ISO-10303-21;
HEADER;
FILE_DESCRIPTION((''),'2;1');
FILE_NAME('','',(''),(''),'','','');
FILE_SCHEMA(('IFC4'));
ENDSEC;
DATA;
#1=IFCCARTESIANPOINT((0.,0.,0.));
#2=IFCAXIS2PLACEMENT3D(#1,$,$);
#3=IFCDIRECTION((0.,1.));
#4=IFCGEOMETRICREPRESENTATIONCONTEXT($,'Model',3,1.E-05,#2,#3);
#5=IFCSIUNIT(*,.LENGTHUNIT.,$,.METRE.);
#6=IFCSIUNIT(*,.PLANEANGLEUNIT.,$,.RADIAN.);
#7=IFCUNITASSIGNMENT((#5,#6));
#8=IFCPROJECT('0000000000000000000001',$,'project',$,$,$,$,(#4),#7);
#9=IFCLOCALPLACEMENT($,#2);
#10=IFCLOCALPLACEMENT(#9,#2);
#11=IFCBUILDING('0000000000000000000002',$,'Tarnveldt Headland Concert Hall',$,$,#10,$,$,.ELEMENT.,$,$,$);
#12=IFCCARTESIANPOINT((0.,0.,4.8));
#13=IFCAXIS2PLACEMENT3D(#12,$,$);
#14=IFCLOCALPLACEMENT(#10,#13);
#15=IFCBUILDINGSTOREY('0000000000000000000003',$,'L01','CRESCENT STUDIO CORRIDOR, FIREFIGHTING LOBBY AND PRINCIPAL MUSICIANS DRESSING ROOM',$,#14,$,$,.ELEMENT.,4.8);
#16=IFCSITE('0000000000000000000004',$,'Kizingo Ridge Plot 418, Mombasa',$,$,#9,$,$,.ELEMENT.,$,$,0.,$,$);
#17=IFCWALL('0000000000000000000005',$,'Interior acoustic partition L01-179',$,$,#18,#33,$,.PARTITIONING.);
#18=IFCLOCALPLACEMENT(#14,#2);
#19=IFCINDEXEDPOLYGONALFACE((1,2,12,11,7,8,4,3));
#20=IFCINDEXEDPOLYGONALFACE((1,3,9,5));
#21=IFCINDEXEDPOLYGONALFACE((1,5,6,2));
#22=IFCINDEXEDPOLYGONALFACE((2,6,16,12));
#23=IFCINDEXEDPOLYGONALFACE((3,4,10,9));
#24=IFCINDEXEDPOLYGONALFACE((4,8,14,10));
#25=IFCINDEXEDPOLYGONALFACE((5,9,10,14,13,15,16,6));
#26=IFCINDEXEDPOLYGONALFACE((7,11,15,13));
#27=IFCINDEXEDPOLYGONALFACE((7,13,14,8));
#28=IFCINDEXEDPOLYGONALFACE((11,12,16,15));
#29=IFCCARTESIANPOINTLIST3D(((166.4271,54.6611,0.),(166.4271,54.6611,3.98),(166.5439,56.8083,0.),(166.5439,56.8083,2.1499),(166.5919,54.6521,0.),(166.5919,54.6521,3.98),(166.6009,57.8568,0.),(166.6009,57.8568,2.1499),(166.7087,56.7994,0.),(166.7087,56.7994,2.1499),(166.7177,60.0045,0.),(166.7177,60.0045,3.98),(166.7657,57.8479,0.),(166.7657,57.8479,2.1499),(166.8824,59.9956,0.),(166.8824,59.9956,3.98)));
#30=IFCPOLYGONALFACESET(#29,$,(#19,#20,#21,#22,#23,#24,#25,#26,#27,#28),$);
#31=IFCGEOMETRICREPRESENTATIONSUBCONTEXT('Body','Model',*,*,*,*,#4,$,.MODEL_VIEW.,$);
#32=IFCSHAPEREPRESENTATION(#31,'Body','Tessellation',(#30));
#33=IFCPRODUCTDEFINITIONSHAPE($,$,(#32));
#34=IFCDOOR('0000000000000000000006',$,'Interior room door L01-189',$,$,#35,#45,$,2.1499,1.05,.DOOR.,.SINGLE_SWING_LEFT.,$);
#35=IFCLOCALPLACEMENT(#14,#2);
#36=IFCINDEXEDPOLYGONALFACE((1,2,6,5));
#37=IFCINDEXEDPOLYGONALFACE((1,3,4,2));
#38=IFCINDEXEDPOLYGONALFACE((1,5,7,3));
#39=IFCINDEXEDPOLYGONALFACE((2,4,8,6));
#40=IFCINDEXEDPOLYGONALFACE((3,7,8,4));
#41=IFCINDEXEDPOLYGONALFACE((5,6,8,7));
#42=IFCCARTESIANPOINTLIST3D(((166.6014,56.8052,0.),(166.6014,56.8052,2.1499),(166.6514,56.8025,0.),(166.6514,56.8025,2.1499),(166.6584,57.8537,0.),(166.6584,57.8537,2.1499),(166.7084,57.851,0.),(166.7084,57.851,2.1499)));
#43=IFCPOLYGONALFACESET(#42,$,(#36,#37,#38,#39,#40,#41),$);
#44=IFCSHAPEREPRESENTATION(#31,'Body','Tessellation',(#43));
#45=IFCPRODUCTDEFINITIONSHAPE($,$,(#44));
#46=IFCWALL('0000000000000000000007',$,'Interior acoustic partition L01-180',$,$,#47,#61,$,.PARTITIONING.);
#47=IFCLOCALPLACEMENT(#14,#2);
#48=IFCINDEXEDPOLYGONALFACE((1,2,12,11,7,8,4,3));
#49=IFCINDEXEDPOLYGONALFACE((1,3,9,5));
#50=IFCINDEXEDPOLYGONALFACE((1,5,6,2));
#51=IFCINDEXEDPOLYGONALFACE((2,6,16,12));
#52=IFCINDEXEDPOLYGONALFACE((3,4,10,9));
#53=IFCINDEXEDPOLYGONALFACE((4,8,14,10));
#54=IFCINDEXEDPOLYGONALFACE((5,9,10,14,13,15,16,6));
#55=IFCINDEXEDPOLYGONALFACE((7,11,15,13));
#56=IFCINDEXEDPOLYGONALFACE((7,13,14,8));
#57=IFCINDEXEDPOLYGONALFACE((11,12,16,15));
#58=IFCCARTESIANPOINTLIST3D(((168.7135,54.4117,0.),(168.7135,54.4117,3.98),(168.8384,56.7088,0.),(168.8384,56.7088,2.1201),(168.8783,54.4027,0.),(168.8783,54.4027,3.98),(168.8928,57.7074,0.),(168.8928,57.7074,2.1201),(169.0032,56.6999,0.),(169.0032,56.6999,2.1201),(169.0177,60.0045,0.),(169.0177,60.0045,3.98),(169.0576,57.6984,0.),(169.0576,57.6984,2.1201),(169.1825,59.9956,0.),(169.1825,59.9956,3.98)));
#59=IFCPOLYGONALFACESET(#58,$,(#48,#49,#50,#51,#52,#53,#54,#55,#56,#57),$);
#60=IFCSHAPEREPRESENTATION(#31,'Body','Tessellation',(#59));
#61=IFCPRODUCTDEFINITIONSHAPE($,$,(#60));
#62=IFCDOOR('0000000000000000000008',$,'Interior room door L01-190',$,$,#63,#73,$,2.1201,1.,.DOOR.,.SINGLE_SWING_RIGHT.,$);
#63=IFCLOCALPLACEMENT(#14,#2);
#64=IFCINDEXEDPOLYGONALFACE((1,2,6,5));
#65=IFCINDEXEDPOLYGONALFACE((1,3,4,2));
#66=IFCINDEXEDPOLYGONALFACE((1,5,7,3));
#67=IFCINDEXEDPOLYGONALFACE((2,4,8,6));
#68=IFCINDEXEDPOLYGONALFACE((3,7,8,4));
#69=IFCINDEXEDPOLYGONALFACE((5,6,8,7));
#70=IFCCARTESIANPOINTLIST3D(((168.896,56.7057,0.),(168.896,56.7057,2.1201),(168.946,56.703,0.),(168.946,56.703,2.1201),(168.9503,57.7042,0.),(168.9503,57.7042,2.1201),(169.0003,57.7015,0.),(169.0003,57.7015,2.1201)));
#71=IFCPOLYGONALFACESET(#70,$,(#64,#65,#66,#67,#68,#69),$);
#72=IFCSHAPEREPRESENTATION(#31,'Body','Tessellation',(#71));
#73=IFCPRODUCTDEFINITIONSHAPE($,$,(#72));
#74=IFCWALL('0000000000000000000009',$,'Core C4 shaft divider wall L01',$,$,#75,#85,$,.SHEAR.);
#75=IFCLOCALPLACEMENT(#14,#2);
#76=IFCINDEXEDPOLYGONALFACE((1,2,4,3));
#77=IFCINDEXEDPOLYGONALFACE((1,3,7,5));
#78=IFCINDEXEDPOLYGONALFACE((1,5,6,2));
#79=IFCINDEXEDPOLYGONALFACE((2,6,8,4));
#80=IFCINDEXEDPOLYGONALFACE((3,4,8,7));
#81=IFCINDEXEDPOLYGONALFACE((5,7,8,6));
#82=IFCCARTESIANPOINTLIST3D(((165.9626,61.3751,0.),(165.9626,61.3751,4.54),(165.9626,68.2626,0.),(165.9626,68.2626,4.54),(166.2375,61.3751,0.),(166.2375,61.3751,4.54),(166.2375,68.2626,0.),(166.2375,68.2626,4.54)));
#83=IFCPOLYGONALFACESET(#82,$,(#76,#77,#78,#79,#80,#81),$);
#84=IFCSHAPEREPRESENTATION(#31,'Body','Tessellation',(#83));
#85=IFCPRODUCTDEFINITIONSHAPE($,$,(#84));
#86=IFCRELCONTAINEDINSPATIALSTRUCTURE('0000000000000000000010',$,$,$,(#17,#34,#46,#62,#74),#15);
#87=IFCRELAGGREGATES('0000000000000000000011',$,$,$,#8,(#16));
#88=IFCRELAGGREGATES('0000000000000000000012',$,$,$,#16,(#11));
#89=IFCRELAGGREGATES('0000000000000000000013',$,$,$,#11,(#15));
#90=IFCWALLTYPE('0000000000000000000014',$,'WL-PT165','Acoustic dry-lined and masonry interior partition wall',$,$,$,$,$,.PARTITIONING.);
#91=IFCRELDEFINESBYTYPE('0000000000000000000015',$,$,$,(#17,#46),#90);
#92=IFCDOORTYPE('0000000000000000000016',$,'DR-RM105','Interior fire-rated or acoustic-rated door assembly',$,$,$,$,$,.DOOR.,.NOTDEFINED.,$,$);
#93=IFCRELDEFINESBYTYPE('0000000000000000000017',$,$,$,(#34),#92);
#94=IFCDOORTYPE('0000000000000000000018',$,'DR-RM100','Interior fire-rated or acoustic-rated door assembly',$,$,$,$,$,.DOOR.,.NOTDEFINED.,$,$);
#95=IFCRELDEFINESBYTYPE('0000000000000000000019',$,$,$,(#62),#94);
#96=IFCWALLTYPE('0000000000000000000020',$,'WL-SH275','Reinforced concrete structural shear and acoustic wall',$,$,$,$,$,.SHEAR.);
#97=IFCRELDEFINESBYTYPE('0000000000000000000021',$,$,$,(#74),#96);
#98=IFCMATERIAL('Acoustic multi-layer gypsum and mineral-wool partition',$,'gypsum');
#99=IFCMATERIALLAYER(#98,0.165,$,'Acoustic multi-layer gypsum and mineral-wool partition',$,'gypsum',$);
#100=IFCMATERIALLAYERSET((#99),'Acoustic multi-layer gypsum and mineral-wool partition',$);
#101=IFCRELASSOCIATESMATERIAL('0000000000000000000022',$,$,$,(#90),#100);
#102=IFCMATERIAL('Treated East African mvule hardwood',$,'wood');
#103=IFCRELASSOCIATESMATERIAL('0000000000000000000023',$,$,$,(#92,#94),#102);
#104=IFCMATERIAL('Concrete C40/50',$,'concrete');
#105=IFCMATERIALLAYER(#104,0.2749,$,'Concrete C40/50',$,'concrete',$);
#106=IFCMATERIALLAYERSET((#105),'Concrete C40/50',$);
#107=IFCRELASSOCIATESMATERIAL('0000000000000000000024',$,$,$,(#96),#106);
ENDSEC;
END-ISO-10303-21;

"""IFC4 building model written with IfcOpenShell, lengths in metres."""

from ifc_helpers import new_model, si_unit, direction, frame, frame_2d, origin, place, context, subcontext, project, spatial, rectangle, extrude, material, layer, layer_set, type_object, element, fill, save


model = new_model("IFC4")

# Units and contexts
model_context = context("Model", 3, precision=1e-05, world=origin(), true_north=direction((0.0, 1.0)))
body_context = subcontext(model_context, "Body", "Model", "MODEL_VIEW")
ifc_project = project(units=[si_unit("LENGTHUNIT", "METRE"), si_unit("PLANEANGLEUNIT", "RADIAN")], contexts=[model_context])

# Site, building, storey
site_placement = place(None, origin())
site = spatial("IfcSite", under=ifc_project, at=site_placement, Name="Kizingo Ridge Plot 418, Mombasa", CompositionType="ELEMENT", RefElevation=0.0)
building_placement = place(site_placement, origin())
building = spatial("IfcBuilding", under=site, at=building_placement, Name="Tarnveldt Headland Concert Hall", CompositionType="ELEMENT")
storey_placement = place(building_placement, frame((0.0, 0.0, 4.8)))
storey = spatial("IfcBuildingStorey", under=building, at=storey_placement, Name="L01", Description="CRESCENT STUDIO CORRIDOR, FIREFIGHTING LOBBY AND PRINCIPAL MUSICIANS DRESSING ROOM", CompositionType="ELEMENT", Elevation=4.8)

# Shared definitions
ifc_material_1 = material(Name="Concrete C40/50", Category="concrete")

# Shared definitions
ifc_material_2 = material(Name="Acoustic multi-layer gypsum and mineral-wool partition", Category="gypsum")

# Walls, openings, doors
ifc_layer_1 = layer(ifc_material_2, 0.165, Name="Acoustic multi-layer gypsum and mineral-wool partition", Category="gypsum")
ifc_layer_set_1 = layer_set([ifc_layer_1], Name="Acoustic multi-layer gypsum and mineral-wool partition")
wall_type_1 = type_object("IfcWallType", Name="WL-PT165", Description="Acoustic dry-lined and masonry interior partition wall", PredefinedType="PARTITIONING", material=ifc_layer_set_1)
wall_1_placement = place(storey_placement, frame((166.5095, 54.6565, 0.0), z_axis=(0.0, 0.0, 1.0), x_axis=(0.05429, 0.998525, 0.0)))
wall_1 = element("IfcWall", 1, at=wall_1_placement, inside=storey, type_object=wall_type_1, Name="Interior acoustic partition L01-179", PredefinedType="PARTITIONING", context=body_context, shape_type="SweptSolid", body=[
    extrude(rectangle(XDim=5.3513, YDim=0.165, at=frame_2d((2.6758, 0.0))), origin(), (0.0, 0.0, 1.0), 3.98),
])
opening_1_placement = place(wall_1_placement, frame((2.1506, 0.0, 0.0)))
opening_1 = element("IfcOpeningElement", 2, at=opening_1_placement, cuts=wall_1, PredefinedType="OPENING", context=body_context, shape_type="SweptSolid", body=[
    extrude(rectangle(XDim=1.05, YDim=2.1499, at=frame_2d((0.5249, 1.075))), frame((0.0, 0.0925, 0.0), z_axis=(0.0, -1.0, 0.0), x_axis=(1.0, 0.0, 0.0)), (0.0, 0.0, 1.0), 0.1851),
])
ifc_material_3 = material(Name="Treated East African mvule hardwood", Category="wood")
door_type_1 = type_object("IfcDoorType", Name="DR-RM105", Description="Interior fire-rated or acoustic-rated door assembly", OperationType="NOTDEFINED", PredefinedType="DOOR", material=ifc_material_3)
door_1_placement = place(opening_1_placement, origin())
door_1 = element("IfcDoor", 3, at=door_1_placement, inside=storey, type_object=door_type_1, Name="Interior room door L01-189", OperationType="SINGLE_SWING_LEFT", OverallHeight=2.1499, OverallWidth=1.05, PredefinedType="DOOR", context=body_context, shape_type="SweptSolid", body=[
    extrude(rectangle(XDim=1.05, YDim=2.1499, at=frame_2d((0.5249, 1.075))), frame((0.0, 0.0249, 0.0), z_axis=(0.0, -1.0, 0.0), x_axis=(1.0, 0.0, 0.0)), (0.0, 0.0, 1.0), 0.05),
])
fill(opening_1, door_1)
wall_2_placement = place(storey_placement, frame((168.7959, 54.4072, 0.0), z_axis=(0.0, 0.0, 1.0), x_axis=(0.054311, 0.998524, 0.0)))
wall_2 = element("IfcWall", 4, at=wall_2_placement, inside=storey, type_object=wall_type_1, Name="Interior acoustic partition L01-180", PredefinedType="PARTITIONING", context=body_context, shape_type="SweptSolid", body=[
    extrude(rectangle(XDim=5.6011, YDim=0.165, at=frame_2d((2.8005, 0.0))), origin(), (0.0, 0.0, 1.0), 3.98),
])
opening_2_placement = place(wall_2_placement, frame((2.3005, 0.0, 0.0)))
opening_2 = element("IfcOpeningElement", 5, at=opening_2_placement, cuts=wall_2, PredefinedType="OPENING", context=body_context, shape_type="SweptSolid", body=[
    extrude(rectangle(XDim=1.0, YDim=2.1201, at=frame_2d((0.5, 1.0601))), frame((0.0, 0.0925, 0.0), z_axis=(0.0, -1.0, 0.0), x_axis=(1.0, 0.0, 0.0)), (0.0, 0.0, 1.0), 0.1851),
])
door_type_2 = type_object("IfcDoorType", Name="DR-RM100", Description="Interior fire-rated or acoustic-rated door assembly", OperationType="NOTDEFINED", PredefinedType="DOOR", material=ifc_material_3)
door_2_placement = place(opening_2_placement, origin())
door_2 = element("IfcDoor", 6, at=door_2_placement, inside=storey, type_object=door_type_2, Name="Interior room door L01-190", OperationType="SINGLE_SWING_RIGHT", OverallHeight=2.1201, OverallWidth=1.0, PredefinedType="DOOR", context=body_context, shape_type="SweptSolid", body=[
    extrude(rectangle(XDim=1.0, YDim=2.1201, at=frame_2d((0.5, 1.0601))), frame((0.0, 0.0249, 0.0), z_axis=(0.0, -1.0, 0.0), x_axis=(1.0, 0.0, 0.0)), (0.0, 0.0, 1.0), 0.05),
])
fill(opening_2, door_2)

# Wall
ifc_layer_2 = layer(ifc_material_1, 0.2749, Name="Concrete C40/50", Category="concrete")
ifc_layer_set_2 = layer_set([ifc_layer_2], Name="Concrete C40/50")
wall_type_2 = type_object("IfcWallType", Name="WL-SH275", Description="Reinforced concrete structural shear and acoustic wall", PredefinedType="SHEAR", material=ifc_layer_set_2)
wall_3_placement = place(storey_placement, frame((166.1001, 61.375, 0.0), z_axis=(0.0, 0.0, 1.0), x_axis=(0.0, 1.0, 0.0)))
element("IfcWall", 7, at=wall_3_placement, inside=storey, type_object=wall_type_2, Name="Core C4 shaft divider wall L01", PredefinedType="SHEAR", context=body_context, shape_type="SweptSolid", body=[
    extrude(rectangle(XDim=6.8875, YDim=0.2749, at=frame_2d((3.4438, 0.0))), origin(), (0.0, 0.0, 1.0), 4.54),
])

save(model, "model.ifc")
